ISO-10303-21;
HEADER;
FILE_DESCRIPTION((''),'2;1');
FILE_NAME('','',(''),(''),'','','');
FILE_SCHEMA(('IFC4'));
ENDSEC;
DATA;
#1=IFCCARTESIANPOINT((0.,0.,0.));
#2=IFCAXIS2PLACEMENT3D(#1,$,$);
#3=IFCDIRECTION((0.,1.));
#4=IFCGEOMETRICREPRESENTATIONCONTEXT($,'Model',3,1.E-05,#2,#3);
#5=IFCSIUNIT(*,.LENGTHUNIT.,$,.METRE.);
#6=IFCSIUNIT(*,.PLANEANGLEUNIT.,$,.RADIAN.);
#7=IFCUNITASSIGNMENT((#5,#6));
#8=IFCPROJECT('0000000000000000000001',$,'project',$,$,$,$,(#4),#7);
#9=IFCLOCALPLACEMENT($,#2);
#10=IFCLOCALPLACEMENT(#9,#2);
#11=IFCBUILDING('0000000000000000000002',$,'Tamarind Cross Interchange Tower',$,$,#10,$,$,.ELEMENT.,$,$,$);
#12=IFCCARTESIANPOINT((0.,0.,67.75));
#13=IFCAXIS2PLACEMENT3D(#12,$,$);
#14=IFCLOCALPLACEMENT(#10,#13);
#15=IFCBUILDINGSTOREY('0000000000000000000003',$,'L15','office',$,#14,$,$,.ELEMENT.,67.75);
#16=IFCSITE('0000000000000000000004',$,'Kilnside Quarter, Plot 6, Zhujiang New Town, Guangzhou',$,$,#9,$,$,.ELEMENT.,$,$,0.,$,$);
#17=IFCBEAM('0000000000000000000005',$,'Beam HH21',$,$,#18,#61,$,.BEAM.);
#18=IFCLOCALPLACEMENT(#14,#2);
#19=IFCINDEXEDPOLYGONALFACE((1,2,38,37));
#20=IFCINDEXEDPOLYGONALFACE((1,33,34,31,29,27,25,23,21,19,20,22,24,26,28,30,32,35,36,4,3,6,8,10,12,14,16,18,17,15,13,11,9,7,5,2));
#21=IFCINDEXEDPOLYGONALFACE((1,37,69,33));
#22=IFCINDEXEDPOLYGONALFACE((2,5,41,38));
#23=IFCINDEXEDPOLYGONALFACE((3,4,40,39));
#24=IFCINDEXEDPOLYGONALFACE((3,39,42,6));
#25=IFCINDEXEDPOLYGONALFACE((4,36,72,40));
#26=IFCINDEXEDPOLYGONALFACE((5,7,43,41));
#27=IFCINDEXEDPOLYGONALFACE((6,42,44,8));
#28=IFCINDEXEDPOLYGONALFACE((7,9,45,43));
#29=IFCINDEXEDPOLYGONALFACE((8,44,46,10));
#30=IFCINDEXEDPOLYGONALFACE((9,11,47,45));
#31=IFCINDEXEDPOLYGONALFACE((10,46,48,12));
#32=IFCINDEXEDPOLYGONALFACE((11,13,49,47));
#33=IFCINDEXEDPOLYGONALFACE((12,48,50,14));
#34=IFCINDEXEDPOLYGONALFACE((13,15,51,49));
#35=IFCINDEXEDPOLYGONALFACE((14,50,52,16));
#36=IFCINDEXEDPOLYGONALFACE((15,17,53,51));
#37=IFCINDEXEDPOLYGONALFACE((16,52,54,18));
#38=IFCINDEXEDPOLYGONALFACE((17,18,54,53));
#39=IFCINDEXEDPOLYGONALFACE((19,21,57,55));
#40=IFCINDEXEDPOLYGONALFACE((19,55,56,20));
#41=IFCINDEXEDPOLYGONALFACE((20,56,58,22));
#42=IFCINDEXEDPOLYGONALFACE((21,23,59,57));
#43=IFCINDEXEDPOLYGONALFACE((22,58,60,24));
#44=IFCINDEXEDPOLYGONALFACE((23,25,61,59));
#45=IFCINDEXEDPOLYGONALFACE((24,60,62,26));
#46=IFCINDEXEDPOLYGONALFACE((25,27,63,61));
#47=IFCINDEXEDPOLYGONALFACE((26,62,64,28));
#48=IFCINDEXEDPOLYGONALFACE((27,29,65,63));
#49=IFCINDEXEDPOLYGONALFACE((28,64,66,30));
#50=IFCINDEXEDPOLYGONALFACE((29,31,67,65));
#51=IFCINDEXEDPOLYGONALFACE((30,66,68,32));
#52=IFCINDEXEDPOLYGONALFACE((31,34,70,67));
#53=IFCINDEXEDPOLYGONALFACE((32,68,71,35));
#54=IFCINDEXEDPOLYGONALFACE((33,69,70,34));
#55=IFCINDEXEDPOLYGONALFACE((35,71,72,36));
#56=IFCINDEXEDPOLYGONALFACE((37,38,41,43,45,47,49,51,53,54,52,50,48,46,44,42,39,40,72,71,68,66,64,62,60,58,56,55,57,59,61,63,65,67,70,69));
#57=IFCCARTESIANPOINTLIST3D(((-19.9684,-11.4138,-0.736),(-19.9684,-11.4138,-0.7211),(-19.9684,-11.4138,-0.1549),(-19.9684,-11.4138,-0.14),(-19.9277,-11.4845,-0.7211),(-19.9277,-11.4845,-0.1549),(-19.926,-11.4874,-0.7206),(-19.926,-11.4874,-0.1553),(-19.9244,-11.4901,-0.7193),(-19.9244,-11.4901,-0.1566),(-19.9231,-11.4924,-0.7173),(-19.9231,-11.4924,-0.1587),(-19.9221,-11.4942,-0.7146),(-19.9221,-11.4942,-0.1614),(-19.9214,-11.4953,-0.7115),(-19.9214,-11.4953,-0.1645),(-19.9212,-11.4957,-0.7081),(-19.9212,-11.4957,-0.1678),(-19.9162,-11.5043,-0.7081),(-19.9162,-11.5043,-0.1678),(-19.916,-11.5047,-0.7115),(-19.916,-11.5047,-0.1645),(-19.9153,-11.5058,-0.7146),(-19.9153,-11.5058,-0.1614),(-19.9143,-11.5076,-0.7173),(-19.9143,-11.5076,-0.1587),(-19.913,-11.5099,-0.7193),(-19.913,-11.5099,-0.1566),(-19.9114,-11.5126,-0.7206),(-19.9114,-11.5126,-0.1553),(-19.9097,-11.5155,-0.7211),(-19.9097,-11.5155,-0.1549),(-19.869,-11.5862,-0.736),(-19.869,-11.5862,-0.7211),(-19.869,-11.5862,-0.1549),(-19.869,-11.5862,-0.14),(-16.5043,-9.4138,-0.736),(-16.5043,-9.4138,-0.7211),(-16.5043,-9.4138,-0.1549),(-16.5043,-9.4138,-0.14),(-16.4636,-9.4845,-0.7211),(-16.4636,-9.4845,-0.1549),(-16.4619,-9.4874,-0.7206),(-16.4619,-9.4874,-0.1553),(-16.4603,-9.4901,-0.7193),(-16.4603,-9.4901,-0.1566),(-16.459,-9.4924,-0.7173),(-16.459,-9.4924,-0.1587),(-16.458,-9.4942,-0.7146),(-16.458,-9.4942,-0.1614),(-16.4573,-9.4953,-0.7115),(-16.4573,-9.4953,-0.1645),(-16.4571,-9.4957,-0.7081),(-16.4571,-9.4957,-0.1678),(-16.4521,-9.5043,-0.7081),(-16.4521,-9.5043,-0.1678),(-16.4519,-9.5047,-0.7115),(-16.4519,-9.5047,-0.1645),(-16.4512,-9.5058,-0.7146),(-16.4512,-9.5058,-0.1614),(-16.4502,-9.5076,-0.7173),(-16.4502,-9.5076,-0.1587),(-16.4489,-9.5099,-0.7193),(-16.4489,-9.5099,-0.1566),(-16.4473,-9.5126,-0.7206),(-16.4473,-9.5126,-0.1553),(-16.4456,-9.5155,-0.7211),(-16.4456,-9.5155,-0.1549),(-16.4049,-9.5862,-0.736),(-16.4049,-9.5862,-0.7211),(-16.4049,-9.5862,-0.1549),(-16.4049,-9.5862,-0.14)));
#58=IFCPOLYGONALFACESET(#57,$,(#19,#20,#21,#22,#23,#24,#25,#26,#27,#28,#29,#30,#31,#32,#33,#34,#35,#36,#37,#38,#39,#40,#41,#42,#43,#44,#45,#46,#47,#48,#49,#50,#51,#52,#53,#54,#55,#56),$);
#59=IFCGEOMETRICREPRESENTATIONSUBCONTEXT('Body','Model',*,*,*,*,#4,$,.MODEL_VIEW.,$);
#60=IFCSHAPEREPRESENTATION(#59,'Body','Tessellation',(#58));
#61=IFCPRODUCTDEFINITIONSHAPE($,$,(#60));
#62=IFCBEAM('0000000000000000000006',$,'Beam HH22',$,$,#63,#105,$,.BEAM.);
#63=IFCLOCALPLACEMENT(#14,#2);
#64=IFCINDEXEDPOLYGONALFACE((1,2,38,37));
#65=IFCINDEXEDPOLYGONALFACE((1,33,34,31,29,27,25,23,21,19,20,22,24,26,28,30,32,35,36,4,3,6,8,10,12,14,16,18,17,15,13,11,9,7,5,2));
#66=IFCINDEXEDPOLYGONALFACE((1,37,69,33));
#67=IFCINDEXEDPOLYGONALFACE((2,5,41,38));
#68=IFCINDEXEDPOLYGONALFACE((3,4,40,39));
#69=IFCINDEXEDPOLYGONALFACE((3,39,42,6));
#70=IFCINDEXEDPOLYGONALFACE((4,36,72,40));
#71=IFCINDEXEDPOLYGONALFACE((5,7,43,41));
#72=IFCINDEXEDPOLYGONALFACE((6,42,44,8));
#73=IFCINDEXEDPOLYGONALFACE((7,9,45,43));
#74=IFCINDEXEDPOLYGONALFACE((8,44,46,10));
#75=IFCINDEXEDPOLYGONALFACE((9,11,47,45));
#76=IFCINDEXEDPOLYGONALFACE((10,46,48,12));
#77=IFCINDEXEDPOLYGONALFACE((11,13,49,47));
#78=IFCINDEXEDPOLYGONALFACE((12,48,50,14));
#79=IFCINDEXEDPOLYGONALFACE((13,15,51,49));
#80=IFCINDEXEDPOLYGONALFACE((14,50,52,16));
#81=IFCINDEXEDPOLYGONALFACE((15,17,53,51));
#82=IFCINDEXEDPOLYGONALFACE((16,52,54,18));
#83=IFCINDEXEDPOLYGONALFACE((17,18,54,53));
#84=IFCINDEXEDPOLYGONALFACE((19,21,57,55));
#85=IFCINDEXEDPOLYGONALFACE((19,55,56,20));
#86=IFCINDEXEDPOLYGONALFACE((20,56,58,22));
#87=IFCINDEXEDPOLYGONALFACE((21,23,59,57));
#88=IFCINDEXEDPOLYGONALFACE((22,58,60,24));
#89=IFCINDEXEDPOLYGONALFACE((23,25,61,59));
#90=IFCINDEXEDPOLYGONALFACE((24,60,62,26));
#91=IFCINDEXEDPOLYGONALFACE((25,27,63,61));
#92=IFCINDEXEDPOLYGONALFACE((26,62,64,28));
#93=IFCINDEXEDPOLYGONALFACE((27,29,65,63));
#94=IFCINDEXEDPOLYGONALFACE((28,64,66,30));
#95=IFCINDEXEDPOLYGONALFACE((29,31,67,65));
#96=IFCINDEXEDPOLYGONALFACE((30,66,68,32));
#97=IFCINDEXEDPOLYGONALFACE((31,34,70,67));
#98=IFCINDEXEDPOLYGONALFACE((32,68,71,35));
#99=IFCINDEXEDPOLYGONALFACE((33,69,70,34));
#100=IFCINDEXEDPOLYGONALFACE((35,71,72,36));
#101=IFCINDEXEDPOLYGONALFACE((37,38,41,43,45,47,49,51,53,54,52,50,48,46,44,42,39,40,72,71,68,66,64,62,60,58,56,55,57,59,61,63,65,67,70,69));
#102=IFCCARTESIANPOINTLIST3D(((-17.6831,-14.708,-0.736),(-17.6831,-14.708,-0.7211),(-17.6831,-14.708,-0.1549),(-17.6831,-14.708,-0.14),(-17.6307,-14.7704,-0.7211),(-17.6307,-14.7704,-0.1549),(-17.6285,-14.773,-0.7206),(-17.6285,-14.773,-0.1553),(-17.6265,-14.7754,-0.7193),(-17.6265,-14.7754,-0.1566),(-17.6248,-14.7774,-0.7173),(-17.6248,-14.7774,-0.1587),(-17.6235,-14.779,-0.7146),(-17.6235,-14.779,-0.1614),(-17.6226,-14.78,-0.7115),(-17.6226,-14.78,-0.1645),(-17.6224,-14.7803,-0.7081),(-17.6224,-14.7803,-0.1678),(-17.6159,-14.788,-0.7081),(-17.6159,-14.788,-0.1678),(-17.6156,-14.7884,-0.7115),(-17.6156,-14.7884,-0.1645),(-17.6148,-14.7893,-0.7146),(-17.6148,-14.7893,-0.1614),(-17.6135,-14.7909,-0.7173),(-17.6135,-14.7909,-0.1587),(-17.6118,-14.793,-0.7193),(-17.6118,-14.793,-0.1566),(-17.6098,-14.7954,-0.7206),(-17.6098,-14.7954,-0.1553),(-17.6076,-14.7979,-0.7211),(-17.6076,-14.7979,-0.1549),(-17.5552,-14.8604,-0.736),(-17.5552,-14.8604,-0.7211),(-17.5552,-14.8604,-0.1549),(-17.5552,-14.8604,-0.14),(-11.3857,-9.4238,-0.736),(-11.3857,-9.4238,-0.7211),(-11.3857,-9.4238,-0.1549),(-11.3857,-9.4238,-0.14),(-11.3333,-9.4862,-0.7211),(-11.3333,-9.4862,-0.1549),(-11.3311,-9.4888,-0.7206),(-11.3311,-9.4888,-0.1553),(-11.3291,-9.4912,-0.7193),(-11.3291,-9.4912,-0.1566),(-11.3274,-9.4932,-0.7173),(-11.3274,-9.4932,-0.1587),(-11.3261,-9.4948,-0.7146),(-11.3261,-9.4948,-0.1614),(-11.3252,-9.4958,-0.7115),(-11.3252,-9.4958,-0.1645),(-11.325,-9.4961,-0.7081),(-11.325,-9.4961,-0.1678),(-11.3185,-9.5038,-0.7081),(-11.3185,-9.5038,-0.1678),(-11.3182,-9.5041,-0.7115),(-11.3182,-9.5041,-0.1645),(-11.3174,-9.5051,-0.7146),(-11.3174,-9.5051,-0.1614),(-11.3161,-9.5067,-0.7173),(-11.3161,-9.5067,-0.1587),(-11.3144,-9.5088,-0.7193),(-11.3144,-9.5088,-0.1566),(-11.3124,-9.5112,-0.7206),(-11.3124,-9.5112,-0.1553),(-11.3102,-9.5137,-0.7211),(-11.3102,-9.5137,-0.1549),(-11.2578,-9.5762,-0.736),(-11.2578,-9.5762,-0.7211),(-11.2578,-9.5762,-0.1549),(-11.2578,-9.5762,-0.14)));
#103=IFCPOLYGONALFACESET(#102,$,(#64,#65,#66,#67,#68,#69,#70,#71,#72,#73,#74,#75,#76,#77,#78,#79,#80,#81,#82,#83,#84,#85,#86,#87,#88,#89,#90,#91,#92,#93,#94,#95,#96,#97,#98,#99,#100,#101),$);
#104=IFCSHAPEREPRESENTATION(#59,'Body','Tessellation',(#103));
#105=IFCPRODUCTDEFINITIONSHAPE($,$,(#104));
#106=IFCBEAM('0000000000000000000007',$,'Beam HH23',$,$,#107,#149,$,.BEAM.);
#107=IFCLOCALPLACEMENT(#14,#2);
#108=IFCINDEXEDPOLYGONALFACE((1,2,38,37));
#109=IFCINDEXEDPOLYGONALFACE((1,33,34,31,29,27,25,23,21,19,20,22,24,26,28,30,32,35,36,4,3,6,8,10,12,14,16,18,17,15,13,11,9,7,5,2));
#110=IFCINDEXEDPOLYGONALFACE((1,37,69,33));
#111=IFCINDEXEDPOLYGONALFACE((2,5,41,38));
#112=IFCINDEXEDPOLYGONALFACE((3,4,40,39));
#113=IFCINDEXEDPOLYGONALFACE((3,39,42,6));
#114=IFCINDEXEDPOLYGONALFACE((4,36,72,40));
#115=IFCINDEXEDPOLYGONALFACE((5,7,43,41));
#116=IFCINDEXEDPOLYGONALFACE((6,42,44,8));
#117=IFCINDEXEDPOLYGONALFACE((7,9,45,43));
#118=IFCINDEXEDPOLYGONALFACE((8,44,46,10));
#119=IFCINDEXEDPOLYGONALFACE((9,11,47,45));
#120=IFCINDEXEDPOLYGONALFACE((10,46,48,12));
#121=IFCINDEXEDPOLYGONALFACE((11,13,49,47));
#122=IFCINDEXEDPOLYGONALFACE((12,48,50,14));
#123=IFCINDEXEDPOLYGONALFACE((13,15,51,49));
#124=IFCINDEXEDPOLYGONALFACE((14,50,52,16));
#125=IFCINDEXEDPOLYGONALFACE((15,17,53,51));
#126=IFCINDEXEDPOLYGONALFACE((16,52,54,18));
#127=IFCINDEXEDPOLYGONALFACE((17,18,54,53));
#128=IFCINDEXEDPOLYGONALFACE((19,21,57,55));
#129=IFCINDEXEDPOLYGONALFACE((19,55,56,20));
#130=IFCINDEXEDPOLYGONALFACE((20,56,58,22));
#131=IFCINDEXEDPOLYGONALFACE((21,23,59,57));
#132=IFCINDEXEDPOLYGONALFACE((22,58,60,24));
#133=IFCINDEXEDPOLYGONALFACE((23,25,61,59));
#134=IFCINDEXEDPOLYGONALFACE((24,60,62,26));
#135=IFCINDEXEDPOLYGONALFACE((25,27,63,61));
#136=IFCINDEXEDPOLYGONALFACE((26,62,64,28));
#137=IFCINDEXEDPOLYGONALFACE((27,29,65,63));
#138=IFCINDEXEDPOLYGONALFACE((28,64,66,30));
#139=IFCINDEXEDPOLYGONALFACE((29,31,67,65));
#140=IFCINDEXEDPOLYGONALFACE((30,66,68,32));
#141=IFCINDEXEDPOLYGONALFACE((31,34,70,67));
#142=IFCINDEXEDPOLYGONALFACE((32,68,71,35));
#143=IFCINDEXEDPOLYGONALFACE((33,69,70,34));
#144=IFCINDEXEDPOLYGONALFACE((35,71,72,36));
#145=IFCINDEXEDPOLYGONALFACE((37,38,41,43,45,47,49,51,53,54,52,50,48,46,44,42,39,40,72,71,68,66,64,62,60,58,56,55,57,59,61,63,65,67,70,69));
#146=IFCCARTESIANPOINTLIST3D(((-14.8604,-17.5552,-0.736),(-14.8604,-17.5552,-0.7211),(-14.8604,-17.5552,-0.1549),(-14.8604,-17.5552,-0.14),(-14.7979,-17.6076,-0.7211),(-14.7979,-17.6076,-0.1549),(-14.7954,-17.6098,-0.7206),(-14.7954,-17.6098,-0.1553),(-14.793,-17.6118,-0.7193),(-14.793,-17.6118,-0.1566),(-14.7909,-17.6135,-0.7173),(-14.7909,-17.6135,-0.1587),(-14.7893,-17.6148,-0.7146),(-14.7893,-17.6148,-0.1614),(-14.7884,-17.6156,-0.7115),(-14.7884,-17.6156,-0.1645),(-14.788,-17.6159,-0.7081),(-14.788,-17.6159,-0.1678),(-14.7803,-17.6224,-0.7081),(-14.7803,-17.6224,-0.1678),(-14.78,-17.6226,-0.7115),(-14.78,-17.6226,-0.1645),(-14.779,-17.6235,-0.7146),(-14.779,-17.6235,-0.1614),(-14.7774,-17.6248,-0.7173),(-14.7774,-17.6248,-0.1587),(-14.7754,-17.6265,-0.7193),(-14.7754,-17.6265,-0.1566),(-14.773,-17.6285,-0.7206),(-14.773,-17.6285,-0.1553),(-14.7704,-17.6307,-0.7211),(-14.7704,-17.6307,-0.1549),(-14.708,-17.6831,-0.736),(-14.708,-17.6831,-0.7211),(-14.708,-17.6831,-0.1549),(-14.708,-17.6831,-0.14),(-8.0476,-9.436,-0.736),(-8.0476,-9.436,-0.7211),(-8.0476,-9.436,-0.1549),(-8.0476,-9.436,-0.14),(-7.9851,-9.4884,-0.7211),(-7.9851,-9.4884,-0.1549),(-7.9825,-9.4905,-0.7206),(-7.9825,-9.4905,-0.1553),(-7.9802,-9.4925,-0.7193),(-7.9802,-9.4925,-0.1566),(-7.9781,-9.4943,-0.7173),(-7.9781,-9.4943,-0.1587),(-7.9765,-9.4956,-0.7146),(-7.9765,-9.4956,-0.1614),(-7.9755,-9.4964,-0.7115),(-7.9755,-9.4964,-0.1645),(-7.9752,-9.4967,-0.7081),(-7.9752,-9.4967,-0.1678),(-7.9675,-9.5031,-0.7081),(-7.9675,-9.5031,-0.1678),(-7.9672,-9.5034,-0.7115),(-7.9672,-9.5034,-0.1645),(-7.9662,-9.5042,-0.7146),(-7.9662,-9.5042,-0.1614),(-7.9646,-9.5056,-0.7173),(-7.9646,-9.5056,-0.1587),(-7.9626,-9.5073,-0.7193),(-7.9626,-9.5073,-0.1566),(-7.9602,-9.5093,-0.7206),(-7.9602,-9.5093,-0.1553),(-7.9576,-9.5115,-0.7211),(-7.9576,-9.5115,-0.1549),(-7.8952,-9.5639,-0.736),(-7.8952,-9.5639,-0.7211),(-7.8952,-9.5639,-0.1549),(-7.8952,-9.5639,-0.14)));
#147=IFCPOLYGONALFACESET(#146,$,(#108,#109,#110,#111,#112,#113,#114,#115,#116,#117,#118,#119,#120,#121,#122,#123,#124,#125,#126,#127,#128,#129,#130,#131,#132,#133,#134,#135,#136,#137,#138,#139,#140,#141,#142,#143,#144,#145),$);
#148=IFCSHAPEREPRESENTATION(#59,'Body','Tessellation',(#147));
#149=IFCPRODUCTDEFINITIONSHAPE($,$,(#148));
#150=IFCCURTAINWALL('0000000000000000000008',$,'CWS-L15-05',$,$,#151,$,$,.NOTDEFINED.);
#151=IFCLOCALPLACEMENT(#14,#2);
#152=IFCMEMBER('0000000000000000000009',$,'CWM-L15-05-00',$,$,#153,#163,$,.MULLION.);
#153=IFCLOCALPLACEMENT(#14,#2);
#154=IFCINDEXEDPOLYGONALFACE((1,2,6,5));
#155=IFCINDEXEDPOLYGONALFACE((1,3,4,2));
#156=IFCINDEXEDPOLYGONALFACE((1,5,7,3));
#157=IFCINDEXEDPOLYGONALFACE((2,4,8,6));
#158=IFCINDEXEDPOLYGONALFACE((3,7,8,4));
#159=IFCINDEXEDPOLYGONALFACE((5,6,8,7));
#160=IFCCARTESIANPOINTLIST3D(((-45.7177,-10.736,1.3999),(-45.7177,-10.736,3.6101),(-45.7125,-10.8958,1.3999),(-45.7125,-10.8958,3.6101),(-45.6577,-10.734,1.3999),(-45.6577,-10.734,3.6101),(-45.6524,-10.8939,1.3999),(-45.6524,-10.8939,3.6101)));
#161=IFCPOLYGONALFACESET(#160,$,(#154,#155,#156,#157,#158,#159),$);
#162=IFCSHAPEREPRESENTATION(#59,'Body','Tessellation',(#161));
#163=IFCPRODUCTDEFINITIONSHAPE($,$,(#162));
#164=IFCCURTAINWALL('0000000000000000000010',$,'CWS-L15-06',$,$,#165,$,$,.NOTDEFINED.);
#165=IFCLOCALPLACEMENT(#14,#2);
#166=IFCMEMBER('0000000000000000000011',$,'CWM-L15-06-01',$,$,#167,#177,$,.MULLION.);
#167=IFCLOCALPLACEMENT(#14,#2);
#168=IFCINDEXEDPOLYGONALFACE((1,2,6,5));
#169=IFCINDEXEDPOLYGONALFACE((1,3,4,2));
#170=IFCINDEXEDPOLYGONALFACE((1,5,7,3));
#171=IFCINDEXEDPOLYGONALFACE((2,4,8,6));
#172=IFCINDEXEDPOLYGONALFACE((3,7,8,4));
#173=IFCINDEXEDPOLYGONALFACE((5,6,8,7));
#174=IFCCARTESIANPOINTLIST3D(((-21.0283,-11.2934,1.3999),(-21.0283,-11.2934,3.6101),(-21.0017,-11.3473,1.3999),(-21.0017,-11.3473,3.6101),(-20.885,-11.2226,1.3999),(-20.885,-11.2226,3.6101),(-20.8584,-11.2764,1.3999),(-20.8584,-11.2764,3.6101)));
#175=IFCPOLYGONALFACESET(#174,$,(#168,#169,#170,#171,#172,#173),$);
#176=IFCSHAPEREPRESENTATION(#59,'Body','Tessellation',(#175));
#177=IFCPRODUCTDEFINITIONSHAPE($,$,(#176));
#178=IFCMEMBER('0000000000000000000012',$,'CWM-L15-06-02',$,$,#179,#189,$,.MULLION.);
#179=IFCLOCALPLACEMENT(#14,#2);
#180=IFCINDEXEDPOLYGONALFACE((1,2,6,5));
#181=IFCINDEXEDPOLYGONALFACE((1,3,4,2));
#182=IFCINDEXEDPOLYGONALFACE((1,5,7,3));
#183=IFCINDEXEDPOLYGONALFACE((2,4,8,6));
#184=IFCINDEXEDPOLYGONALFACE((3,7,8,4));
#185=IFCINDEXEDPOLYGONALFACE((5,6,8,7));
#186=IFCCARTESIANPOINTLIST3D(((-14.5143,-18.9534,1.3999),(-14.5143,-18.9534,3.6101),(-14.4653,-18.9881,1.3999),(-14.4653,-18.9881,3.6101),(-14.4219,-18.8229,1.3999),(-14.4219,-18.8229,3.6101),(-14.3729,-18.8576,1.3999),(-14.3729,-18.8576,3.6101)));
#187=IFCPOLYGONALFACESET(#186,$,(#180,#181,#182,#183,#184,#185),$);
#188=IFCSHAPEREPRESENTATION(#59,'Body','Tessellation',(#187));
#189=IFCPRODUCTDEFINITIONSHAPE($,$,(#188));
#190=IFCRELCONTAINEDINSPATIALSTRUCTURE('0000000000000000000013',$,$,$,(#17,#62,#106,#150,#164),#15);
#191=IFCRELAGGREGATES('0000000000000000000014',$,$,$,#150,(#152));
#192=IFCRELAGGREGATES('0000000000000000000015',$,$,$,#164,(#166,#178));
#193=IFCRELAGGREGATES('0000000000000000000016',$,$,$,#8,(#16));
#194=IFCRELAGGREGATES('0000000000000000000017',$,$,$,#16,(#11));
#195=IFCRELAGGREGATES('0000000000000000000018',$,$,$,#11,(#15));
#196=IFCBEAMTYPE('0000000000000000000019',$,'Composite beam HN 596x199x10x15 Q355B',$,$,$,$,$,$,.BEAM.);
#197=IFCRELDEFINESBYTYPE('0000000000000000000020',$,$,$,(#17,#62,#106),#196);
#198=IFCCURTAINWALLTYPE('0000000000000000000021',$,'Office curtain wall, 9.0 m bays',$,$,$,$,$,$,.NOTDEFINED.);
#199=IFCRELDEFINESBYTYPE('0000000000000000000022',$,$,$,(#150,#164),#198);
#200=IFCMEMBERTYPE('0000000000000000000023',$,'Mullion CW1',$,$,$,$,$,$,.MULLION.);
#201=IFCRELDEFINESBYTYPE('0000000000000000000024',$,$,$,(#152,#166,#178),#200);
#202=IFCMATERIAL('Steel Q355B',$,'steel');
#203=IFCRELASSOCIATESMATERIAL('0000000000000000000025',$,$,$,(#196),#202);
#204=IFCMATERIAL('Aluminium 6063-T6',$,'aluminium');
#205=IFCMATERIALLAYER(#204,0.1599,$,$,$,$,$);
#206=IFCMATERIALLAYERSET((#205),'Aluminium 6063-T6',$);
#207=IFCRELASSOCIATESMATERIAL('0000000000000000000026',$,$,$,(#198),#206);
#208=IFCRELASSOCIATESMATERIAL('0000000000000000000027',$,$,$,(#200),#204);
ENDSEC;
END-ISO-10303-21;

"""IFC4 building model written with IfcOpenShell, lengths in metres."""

from ifc_helpers import new_model, si_unit, direction, frame, origin, origin_2d, place, context, subcontext, project, spatial, rectangle, i_section, extrude, material, layer, layer_set, material_profile, profile_set, type_object, element, aggregate, save


model = new_model("IFC4")

# Units and contexts
model_context = context("Model", 3, precision=1e-05, world=origin(), true_north=direction((0.0, 1.0)))
body_context = subcontext(model_context, "Body", "Model", "MODEL_VIEW")
ifc_project = project(units=[si_unit("LENGTHUNIT", "METRE"), si_unit("PLANEANGLEUNIT", "RADIAN")], contexts=[model_context])

# Site, building, storey
site_placement = place(None, origin())
site = spatial("IfcSite", under=ifc_project, at=site_placement, Name="Kilnside Quarter, Plot 6, Zhujiang New Town, Guangzhou", CompositionType="ELEMENT", RefElevation=0.0)
building_placement = place(site_placement, origin())
building = spatial("IfcBuilding", under=site, at=building_placement, Name="Tamarind Cross Interchange Tower", CompositionType="ELEMENT")
storey_placement = place(building_placement, frame((0.0, 0.0, 67.75)))
storey = spatial("IfcBuildingStorey", under=building, at=storey_placement, Name="L15", Description="office", CompositionType="ELEMENT", Elevation=67.75)

# Beams
ifc_material_1 = material(Name="Steel Q355B", Category="steel")
ifc_material_profile_1 = material_profile(ifc_material_1, i_section(OverallWidth=0.199, OverallDepth=0.5959, WebThickness=0.01, FlangeThickness=0.0149, FilletRadius=0.0129, at=origin_2d()), Name="HN 596x199x10x15")
ifc_profile_set_1 = profile_set([ifc_material_profile_1], Name="Steel Q355B")
beam_type = type_object("IfcBeamType", Name="Composite beam HN 596x199x10x15 Q355B", PredefinedType="BEAM", material=ifc_profile_set_1)
beam_1_placement = place(storey_placement, frame((-19.9187, -11.5, -0.438), z_axis=(0.866026, 0.499999, 0.0), x_axis=(-0.499999, 0.866026, 0.0)))
element("IfcBeam", 1, at=beam_1_placement, inside=storey, type_object=beam_type, Name="Beam HH21", PredefinedType="BEAM", context=body_context, shape_type="SweptSolid", body=[
    extrude(i_section(OverallWidth=0.199, OverallDepth=0.5959, WebThickness=0.01, FlangeThickness=0.0149, FilletRadius=0.0129, at=origin_2d()), origin(), (0.0, 0.0, 1.0), 4.0),
])
beam_2_placement = place(storey_placement, frame((-17.6191, -14.7842, -0.438), z_axis=(0.766041, 0.642792, 0.0), x_axis=(-0.642792, 0.766041, 0.0)))
element("IfcBeam", 2, at=beam_2_placement, inside=storey, type_object=beam_type, Name="Beam HH22", PredefinedType="BEAM", context=body_context, shape_type="SweptSolid", body=[
    extrude(i_section(OverallWidth=0.199, OverallDepth=0.5959, WebThickness=0.01, FlangeThickness=0.0149, FilletRadius=0.0129, at=origin_2d()), origin(), (0.0, 0.0, 1.0), 8.2207),
])
beam_3_placement = place(storey_placement, frame((-14.7842, -17.6191, -0.438), z_axis=(0.642786, 0.766046, 0.0), x_axis=(-0.766046, 0.642786, 0.0)))
element("IfcBeam", 3, at=beam_3_placement, inside=storey, type_object=beam_type, Name="Beam HH23", PredefinedType="BEAM", context=body_context, shape_type="SweptSolid", body=[
    extrude(i_section(OverallWidth=0.199, OverallDepth=0.5959, WebThickness=0.01, FlangeThickness=0.0149, FilletRadius=0.0129, at=origin_2d()), origin(), (0.0, 0.0, 1.0), 10.5989),
])

# Curtain wall, member
ifc_material_2 = material(Name="Aluminium 6063-T6", Category="aluminium")
ifc_layer_1 = layer(ifc_material_2, 0.1599)
ifc_layer_set_1 = layer_set([ifc_layer_1], Name="Aluminium 6063-T6")
curtain_wall_type = type_object("IfcCurtainWallType", Name="Office curtain wall, 9.0 m bays", PredefinedType="NOTDEFINED", material=ifc_layer_set_1)
curtain_wall_1_placement = place(storey_placement, origin())
curtain_wall_1 = element("IfcCurtainWall", 4, at=curtain_wall_1_placement, inside=storey, type_object=curtain_wall_type, Name="CWS-L15-05", PredefinedType="NOTDEFINED")
ifc_material_profile_2 = material_profile(ifc_material_2, rectangle(XDim=0.0601, YDim=0.1599, at=origin_2d()), Name="Mullion CW1")
ifc_profile_set_2 = profile_set([ifc_material_profile_2], Name="Aluminium 6063-T6")
member_type = type_object("IfcMemberType", Name="Mullion CW1", PredefinedType="MULLION", material=ifc_profile_set_2)
member_1_placement = place(storey_placement, frame((-45.6851, -10.8149, 1.3999), z_axis=(0.0, 0.0, 1.0), x_axis=(0.999469, 0.032594, 0.0)))
member_1 = element("IfcMember", 5, at=member_1_placement, type_object=member_type, Name="CWM-L15-05-00", PredefinedType="MULLION", context=body_context, shape_type="SweptSolid", body=[
    extrude(rectangle(XDim=0.0601, YDim=0.1599, at=origin_2d()), origin(), (0.0, 0.0, 1.0), 2.2102),
])
aggregate(curtain_wall_1, [member_1])

# Curtain wall, members
curtain_wall_2_placement = place(storey_placement, origin())
curtain_wall_2 = element("IfcCurtainWall", 6, at=curtain_wall_2_placement, inside=storey, type_object=curtain_wall_type, Name="CWS-L15-06", PredefinedType="NOTDEFINED")
member_2_placement = place(storey_placement, frame((-20.9434, -11.2849, 1.3999), z_axis=(0.0, 0.0, 1.0), x_axis=(0.443059, -0.896493, 0.0)))
member_2 = element("IfcMember", 7, at=member_2_placement, type_object=member_type, Name="CWM-L15-06-01", PredefinedType="MULLION", context=body_context, shape_type="SweptSolid", body=[
    extrude(rectangle(XDim=0.0601, YDim=0.1599, at=origin_2d()), origin(), (0.0, 0.0, 1.0), 2.2102),
])
member_3_placement = place(storey_placement, frame((-14.4436, -18.9055, 1.3999), z_axis=(0.0, 0.0, 1.0), x_axis=(0.816342, -0.577569, 0.0)))
member_3 = element("IfcMember", 8, at=member_3_placement, type_object=member_type, Name="CWM-L15-06-02", PredefinedType="MULLION", context=body_context, shape_type="SweptSolid", body=[
    extrude(rectangle(XDim=0.0601, YDim=0.1599, at=origin_2d()), origin(), (0.0, 0.0, 1.0), 2.2102),
])
aggregate(curtain_wall_2, [member_2, member_3])

save(model, "model.ifc")
